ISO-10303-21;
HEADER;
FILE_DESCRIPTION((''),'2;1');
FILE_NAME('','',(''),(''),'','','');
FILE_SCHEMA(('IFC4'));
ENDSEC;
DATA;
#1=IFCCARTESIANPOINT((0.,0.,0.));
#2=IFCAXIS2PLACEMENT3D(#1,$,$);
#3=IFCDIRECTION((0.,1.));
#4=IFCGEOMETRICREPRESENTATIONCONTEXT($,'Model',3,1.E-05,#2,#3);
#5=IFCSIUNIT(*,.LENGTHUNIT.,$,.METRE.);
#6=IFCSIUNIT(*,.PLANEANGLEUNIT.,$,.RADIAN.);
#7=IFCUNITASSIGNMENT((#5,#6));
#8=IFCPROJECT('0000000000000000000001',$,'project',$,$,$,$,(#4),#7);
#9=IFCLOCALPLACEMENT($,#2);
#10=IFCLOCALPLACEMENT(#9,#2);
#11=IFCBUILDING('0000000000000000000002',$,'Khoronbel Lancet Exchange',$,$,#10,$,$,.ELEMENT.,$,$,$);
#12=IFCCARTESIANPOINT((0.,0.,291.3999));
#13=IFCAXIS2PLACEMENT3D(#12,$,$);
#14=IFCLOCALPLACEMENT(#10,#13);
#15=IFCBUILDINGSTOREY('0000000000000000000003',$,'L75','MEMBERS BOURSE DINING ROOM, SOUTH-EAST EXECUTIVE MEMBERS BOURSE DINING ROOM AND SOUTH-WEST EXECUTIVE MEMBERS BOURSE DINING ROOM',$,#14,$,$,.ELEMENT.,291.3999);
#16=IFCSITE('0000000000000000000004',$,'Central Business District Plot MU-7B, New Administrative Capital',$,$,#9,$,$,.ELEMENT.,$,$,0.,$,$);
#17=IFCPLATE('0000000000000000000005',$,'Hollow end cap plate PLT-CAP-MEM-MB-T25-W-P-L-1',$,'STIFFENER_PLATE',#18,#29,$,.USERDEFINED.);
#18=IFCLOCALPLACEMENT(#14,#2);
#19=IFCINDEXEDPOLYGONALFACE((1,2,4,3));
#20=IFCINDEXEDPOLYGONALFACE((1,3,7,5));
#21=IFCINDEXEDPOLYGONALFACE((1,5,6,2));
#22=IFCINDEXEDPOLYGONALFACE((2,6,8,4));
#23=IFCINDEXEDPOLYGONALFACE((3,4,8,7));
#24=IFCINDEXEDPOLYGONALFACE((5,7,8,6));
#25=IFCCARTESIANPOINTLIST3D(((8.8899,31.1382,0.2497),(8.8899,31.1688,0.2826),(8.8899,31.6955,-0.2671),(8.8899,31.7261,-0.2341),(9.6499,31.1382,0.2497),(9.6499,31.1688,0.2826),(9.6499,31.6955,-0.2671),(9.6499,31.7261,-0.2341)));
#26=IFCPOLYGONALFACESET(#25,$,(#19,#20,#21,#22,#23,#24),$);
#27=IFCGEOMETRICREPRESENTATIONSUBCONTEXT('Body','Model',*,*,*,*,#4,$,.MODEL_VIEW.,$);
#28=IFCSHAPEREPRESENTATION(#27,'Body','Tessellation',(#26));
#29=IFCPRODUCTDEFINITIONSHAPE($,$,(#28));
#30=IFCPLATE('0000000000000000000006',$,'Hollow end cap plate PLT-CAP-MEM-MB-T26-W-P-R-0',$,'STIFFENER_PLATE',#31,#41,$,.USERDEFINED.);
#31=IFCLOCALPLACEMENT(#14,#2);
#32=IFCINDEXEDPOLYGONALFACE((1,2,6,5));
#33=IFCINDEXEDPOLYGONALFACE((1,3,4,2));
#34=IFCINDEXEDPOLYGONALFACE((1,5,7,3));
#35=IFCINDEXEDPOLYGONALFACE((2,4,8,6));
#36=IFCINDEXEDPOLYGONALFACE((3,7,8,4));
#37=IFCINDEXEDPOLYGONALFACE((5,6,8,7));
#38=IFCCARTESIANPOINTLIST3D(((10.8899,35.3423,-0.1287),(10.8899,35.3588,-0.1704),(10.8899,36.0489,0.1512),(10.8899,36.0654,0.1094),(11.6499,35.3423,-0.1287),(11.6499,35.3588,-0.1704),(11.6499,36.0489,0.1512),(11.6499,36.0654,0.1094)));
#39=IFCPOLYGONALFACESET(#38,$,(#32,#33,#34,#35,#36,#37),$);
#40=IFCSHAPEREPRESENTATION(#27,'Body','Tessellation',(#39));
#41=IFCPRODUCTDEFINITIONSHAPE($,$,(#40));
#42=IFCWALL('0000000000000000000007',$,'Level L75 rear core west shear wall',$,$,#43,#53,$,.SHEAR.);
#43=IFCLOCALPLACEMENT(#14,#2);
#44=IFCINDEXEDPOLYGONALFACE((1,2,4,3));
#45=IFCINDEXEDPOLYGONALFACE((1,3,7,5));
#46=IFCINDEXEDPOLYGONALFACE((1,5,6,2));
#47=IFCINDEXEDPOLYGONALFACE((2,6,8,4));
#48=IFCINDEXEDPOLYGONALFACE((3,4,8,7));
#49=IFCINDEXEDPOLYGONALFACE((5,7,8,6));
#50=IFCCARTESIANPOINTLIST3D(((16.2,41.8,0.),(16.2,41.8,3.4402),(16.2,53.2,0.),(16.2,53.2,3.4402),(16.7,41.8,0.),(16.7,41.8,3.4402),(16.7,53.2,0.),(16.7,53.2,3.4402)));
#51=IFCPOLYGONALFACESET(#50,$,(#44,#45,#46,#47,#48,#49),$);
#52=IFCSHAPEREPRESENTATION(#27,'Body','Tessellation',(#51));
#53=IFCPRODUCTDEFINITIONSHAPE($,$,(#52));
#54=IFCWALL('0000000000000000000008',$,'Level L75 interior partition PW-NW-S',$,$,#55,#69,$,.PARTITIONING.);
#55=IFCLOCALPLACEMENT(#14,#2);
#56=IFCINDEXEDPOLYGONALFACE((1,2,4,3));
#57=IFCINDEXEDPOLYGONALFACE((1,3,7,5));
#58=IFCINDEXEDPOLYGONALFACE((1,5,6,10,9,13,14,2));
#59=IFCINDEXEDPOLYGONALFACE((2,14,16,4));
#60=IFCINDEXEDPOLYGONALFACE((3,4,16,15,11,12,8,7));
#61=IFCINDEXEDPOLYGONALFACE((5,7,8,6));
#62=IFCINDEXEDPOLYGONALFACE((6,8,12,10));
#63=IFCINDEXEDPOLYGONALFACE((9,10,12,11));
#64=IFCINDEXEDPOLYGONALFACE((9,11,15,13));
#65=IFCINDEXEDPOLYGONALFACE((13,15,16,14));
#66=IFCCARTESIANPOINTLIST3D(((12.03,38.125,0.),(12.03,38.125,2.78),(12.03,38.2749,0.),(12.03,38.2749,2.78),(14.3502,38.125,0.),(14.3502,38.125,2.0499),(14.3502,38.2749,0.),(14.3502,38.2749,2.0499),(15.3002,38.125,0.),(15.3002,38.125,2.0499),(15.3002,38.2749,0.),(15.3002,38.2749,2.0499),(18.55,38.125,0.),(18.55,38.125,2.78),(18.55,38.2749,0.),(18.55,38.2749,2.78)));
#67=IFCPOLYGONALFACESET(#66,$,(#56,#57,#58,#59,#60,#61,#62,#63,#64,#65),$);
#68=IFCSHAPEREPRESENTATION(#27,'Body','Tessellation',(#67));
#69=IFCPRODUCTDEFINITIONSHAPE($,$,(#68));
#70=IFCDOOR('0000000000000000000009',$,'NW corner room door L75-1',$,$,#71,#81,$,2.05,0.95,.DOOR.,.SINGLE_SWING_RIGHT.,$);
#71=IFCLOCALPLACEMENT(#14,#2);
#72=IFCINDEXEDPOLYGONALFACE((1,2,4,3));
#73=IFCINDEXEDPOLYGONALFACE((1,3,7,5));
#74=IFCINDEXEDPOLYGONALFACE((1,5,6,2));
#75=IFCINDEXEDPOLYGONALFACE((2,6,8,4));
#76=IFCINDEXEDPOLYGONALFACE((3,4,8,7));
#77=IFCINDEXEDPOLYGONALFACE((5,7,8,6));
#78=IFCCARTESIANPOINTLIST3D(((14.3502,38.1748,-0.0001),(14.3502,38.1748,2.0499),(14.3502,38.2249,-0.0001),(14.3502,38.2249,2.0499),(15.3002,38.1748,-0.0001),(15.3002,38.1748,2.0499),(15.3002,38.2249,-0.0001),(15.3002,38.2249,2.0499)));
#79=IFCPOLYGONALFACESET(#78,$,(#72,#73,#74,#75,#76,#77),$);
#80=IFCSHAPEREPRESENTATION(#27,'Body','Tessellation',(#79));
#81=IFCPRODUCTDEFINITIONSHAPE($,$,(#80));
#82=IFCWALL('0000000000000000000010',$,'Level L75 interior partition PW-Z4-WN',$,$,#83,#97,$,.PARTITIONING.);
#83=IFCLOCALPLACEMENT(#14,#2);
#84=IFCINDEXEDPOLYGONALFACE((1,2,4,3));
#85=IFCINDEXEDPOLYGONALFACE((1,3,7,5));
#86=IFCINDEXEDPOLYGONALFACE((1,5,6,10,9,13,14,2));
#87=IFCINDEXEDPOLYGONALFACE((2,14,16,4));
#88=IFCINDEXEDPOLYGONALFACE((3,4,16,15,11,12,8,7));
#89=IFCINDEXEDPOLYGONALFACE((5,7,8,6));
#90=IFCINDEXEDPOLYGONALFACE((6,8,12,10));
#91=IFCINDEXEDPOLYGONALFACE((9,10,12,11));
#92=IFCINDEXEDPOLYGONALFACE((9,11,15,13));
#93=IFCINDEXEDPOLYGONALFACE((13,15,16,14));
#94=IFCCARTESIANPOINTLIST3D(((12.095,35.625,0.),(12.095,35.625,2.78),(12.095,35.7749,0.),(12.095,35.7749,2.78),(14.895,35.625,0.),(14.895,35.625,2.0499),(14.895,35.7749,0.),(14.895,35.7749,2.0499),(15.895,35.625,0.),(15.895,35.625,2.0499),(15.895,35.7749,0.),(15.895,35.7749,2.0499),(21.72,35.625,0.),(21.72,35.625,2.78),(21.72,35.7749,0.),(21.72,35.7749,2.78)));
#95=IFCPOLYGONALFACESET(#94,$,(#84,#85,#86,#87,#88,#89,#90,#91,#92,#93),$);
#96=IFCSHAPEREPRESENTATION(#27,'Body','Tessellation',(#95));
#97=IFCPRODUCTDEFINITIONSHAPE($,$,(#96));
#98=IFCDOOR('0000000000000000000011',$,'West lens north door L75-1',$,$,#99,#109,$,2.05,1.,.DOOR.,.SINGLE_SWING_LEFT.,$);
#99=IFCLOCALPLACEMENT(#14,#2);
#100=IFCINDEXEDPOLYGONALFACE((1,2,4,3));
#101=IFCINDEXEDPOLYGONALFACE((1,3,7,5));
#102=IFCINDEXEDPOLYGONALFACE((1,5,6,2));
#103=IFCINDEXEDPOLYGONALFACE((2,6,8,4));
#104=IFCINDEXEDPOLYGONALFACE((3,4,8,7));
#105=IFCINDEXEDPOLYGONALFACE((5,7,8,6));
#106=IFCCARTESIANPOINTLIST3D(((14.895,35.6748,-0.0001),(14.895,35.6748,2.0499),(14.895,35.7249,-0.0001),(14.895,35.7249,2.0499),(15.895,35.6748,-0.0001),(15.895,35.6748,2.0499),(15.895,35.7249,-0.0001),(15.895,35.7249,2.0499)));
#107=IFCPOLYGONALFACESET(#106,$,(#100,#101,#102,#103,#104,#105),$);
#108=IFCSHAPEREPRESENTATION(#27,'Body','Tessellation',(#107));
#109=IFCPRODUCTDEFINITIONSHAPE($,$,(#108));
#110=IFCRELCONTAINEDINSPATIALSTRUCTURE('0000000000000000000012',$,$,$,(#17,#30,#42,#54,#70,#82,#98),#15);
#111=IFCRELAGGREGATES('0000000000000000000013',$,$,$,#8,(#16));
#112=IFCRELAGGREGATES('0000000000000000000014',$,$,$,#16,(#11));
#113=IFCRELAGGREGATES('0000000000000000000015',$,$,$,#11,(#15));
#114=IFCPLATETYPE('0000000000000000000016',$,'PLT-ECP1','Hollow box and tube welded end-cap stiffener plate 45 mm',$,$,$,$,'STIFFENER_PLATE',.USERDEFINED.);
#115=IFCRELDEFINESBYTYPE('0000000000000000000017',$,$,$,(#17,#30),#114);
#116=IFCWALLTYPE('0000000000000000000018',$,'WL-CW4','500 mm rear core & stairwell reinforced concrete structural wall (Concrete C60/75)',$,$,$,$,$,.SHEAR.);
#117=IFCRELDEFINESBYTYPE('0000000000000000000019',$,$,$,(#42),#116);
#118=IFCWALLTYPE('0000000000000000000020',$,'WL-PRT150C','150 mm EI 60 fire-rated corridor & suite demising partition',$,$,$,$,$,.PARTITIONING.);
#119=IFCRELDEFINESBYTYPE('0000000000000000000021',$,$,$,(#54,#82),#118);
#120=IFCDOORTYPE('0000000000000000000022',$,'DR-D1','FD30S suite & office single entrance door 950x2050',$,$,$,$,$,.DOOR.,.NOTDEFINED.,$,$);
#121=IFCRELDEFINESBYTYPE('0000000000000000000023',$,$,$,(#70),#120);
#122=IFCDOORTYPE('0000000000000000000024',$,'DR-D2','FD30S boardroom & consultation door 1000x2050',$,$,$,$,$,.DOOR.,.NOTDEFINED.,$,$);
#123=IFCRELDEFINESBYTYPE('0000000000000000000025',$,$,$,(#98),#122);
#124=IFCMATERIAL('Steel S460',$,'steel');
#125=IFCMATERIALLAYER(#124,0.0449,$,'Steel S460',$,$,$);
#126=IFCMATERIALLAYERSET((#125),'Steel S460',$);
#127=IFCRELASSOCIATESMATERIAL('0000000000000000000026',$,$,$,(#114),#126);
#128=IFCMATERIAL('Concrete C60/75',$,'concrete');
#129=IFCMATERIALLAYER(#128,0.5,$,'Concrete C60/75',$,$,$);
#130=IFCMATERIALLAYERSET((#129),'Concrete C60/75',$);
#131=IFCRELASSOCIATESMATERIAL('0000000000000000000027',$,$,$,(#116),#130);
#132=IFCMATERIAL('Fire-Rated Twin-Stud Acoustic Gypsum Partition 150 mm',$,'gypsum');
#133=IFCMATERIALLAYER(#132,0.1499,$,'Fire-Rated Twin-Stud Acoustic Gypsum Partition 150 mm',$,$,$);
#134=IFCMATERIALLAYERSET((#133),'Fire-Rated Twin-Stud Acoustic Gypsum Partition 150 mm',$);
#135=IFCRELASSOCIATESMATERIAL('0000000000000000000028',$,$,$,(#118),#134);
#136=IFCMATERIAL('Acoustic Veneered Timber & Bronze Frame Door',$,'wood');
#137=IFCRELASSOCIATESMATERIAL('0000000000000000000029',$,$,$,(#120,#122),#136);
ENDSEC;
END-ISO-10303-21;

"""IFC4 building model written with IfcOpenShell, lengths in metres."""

from ifc_helpers import new_model, si_unit, direction, frame, frame_2d, origin, place, context, subcontext, project, spatial, polyline, rectangle, outline, extrude, material, layer, layer_set, type_object, element, fill, save


model = new_model("IFC4")

# Units and contexts
model_context = context("Model", 3, precision=1e-05, world=origin(), true_north=direction((0.0, 1.0)))
body_context = subcontext(model_context, "Body", "Model", "MODEL_VIEW")
ifc_project = project(units=[si_unit("LENGTHUNIT", "METRE"), si_unit("PLANEANGLEUNIT", "RADIAN")], contexts=[model_context])

# Site, building, storey
site_placement = place(None, origin())
site = spatial("IfcSite", under=ifc_project, at=site_placement, Name="Central Business District Plot MU-7B, New Administrative Capital", CompositionType="ELEMENT", RefElevation=0.0)
building_placement = place(site_placement, origin())
building = spatial("IfcBuilding", under=site, at=building_placement, Name="Khoronbel Lancet Exchange", CompositionType="ELEMENT")
storey_placement = place(building_placement, frame((0.0, 0.0, 291.3999)))
storey = spatial("IfcBuildingStorey", under=building, at=storey_placement, Name="L75", Description="MEMBERS BOURSE DINING ROOM, SOUTH-EAST EXECUTIVE MEMBERS BOURSE DINING ROOM AND SOUTH-WEST EXECUTIVE MEMBERS BOURSE DINING ROOM", CompositionType="ELEMENT", Elevation=291.3999)

# Shared definitions
ifc_material_1 = material(Name="Steel S460", Category="steel")

# Plates
ifc_layer_1 = layer(ifc_material_1, 0.0449, Name="Steel S460")
ifc_layer_set_1 = layer_set([ifc_layer_1], Name="Steel S460")
plate_type_1 = type_object("IfcPlateType", Name="PLT-ECP1", Description="Hollow box and tube welded end-cap stiffener plate 45 mm", ElementType="STIFFENER_PLATE", PredefinedType="USERDEFINED", material=ifc_layer_set_1)
for number, where, z_axis, x_axis, name in (
    (1, (9.6499, 31.7261, -0.2341), (0.0, 0.679946, 0.733262), (-1.0, 0.0, 0.0), "Hollow end cap plate PLT-CAP-MEM-MB-T25-W-P-L-1"),
    (2, (10.8899, 35.3423, -0.1287), (0.0, -0.368176, 0.929756), (1.0, 0.0, 0.0), "Hollow end cap plate PLT-CAP-MEM-MB-T26-W-P-R-0"),
):
    element("IfcPlate", number, at=place(storey_placement, frame(where, z_axis=z_axis, x_axis=x_axis)), inside=storey, type_object=plate_type_1, Name=name, ObjectType="STIFFENER_PLATE", PredefinedType="USERDEFINED", context=body_context, shape_type="SweptSolid", body=[
        extrude(outline(polyline([(0.0, 0.0), (0.76, 0.0), (0.76, 0.76), (0.0, 0.76), (0.0, 0.0)])), origin(), (0.0, 0.0, -1.0), 0.0449),
    ])

# Wall
ifc_material_2 = material(Name="Concrete C60/75", Category="concrete")
ifc_layer_2 = layer(ifc_material_2, 0.5, Name="Concrete C60/75")
ifc_layer_set_2 = layer_set([ifc_layer_2], Name="Concrete C60/75")
wall_type_1 = type_object("IfcWallType", Name="WL-CW4", Description="500 mm rear core & stairwell reinforced concrete structural wall (Concrete C60/75)", PredefinedType="SHEAR", material=ifc_layer_set_2)
wall_1_placement = place(storey_placement, frame((16.45, 41.8, 0.0), z_axis=(0.0, 0.0, 1.0), x_axis=(0.0, 1.0, 0.0)))
element("IfcWall", 3, at=wall_1_placement, inside=storey, type_object=wall_type_1, Name="Level L75 rear core west shear wall", PredefinedType="SHEAR", context=body_context, shape_type="SweptSolid", body=[
    extrude(rectangle(XDim=11.3999, YDim=0.5, at=frame_2d((5.7, 0.0))), origin(), (0.0, 0.0, 1.0), 3.4402),
])

# Walls, openings, doors
ifc_material_3 = material(Name="Fire-Rated Twin-Stud Acoustic Gypsum Partition 150 mm", Category="gypsum")
ifc_layer_3 = layer(ifc_material_3, 0.1499, Name="Fire-Rated Twin-Stud Acoustic Gypsum Partition 150 mm")
ifc_layer_set_3 = layer_set([ifc_layer_3], Name="Fire-Rated Twin-Stud Acoustic Gypsum Partition 150 mm")
wall_type_2 = type_object("IfcWallType", Name="WL-PRT150C", Description="150 mm EI 60 fire-rated corridor & suite demising partition", PredefinedType="PARTITIONING", material=ifc_layer_set_3)
wall_2_placement = place(storey_placement, frame((12.03, 38.2, 0.0), z_axis=(0.0, 0.0, 1.0), x_axis=(1.0, 0.0, 0.0)))
wall_2 = element("IfcWall", 4, at=wall_2_placement, inside=storey, type_object=wall_type_2, Name="Level L75 interior partition PW-NW-S", PredefinedType="PARTITIONING", context=body_context, shape_type="SweptSolid", body=[
    extrude(rectangle(XDim=6.52, YDim=0.1499, at=frame_2d((3.26, 0.0))), origin(), (0.0, 0.0, 1.0), 2.78),
])
opening_1_placement = place(wall_2_placement, frame((2.3201, 0.0, 0.0)))
opening_1 = element("IfcOpeningElement", 5, at=opening_1_placement, cuts=wall_2, PredefinedType="OPENING", context=body_context, shape_type="SweptSolid", body=[
    extrude(rectangle(XDim=0.95, YDim=2.05, at=frame_2d((0.4751, 1.0249))), frame((0.0, 0.085, 0.0), z_axis=(0.0, -1.0, 0.0), x_axis=(1.0, 0.0, 0.0)), (0.0, 0.0, 1.0), 0.1699),
])
ifc_material_4 = material(Name="Acoustic Veneered Timber & Bronze Frame Door", Category="wood")
door_type_1 = type_object("IfcDoorType", Name="DR-D1", Description="FD30S suite & office single entrance door 950x2050", OperationType="NOTDEFINED", PredefinedType="DOOR", material=ifc_material_4)
door_1_placement = place(opening_1_placement, origin())
door_1 = element("IfcDoor", 6, at=door_1_placement, inside=storey, type_object=door_type_1, Name="NW corner room door L75-1", OperationType="SINGLE_SWING_RIGHT", OverallHeight=2.05, OverallWidth=0.95, PredefinedType="DOOR", context=body_context, shape_type="SweptSolid", body=[
    extrude(rectangle(XDim=0.95, YDim=2.05, at=frame_2d((0.4751, 1.0249))), frame((0.0, 0.0249, 0.0), z_axis=(0.0, -1.0, 0.0), x_axis=(1.0, 0.0, 0.0)), (0.0, 0.0, 1.0), 0.05),
])
fill(opening_1, door_1)
wall_3_placement = place(storey_placement, frame((12.095, 35.7, 0.0), z_axis=(0.0, 0.0, 1.0), x_axis=(1.0, 0.0, 0.0)))
wall_3 = element("IfcWall", 7, at=wall_3_placement, inside=storey, type_object=wall_type_2, Name="Level L75 interior partition PW-Z4-WN", PredefinedType="PARTITIONING", context=body_context, shape_type="SweptSolid", body=[
    extrude(rectangle(XDim=9.625, YDim=0.1499, at=frame_2d((4.8125, 0.0))), origin(), (0.0, 0.0, 1.0), 2.78),
])
opening_2_placement = place(wall_3_placement, frame((2.8, 0.0, 0.0)))
opening_2 = element("IfcOpeningElement", 8, at=opening_2_placement, cuts=wall_3, PredefinedType="OPENING", context=body_context, shape_type="SweptSolid", body=[
    extrude(rectangle(XDim=1.0, YDim=2.05, at=frame_2d((0.5, 1.0249))), frame((0.0, 0.085, 0.0), z_axis=(0.0, -1.0, 0.0), x_axis=(1.0, 0.0, 0.0)), (0.0, 0.0, 1.0), 0.1699),
])
door_type_2 = type_object("IfcDoorType", Name="DR-D2", Description="FD30S boardroom & consultation door 1000x2050", OperationType="NOTDEFINED", PredefinedType="DOOR", material=ifc_material_4)
door_2_placement = place(opening_2_placement, origin())
door_2 = element("IfcDoor", 9, at=door_2_placement, inside=storey, type_object=door_type_2, Name="West lens north door L75-1", OperationType="SINGLE_SWING_LEFT", OverallHeight=2.05, OverallWidth=1.0, PredefinedType="DOOR", context=body_context, shape_type="SweptSolid", body=[
    extrude(rectangle(XDim=1.0, YDim=2.05, at=frame_2d((0.5, 1.0249))), frame((0.0, 0.0249, 0.0), z_axis=(0.0, -1.0, 0.0), x_axis=(1.0, 0.0, 0.0)), (0.0, 0.0, 1.0), 0.05),
])
fill(opening_2, door_2)

save(model, "model.ifc")
